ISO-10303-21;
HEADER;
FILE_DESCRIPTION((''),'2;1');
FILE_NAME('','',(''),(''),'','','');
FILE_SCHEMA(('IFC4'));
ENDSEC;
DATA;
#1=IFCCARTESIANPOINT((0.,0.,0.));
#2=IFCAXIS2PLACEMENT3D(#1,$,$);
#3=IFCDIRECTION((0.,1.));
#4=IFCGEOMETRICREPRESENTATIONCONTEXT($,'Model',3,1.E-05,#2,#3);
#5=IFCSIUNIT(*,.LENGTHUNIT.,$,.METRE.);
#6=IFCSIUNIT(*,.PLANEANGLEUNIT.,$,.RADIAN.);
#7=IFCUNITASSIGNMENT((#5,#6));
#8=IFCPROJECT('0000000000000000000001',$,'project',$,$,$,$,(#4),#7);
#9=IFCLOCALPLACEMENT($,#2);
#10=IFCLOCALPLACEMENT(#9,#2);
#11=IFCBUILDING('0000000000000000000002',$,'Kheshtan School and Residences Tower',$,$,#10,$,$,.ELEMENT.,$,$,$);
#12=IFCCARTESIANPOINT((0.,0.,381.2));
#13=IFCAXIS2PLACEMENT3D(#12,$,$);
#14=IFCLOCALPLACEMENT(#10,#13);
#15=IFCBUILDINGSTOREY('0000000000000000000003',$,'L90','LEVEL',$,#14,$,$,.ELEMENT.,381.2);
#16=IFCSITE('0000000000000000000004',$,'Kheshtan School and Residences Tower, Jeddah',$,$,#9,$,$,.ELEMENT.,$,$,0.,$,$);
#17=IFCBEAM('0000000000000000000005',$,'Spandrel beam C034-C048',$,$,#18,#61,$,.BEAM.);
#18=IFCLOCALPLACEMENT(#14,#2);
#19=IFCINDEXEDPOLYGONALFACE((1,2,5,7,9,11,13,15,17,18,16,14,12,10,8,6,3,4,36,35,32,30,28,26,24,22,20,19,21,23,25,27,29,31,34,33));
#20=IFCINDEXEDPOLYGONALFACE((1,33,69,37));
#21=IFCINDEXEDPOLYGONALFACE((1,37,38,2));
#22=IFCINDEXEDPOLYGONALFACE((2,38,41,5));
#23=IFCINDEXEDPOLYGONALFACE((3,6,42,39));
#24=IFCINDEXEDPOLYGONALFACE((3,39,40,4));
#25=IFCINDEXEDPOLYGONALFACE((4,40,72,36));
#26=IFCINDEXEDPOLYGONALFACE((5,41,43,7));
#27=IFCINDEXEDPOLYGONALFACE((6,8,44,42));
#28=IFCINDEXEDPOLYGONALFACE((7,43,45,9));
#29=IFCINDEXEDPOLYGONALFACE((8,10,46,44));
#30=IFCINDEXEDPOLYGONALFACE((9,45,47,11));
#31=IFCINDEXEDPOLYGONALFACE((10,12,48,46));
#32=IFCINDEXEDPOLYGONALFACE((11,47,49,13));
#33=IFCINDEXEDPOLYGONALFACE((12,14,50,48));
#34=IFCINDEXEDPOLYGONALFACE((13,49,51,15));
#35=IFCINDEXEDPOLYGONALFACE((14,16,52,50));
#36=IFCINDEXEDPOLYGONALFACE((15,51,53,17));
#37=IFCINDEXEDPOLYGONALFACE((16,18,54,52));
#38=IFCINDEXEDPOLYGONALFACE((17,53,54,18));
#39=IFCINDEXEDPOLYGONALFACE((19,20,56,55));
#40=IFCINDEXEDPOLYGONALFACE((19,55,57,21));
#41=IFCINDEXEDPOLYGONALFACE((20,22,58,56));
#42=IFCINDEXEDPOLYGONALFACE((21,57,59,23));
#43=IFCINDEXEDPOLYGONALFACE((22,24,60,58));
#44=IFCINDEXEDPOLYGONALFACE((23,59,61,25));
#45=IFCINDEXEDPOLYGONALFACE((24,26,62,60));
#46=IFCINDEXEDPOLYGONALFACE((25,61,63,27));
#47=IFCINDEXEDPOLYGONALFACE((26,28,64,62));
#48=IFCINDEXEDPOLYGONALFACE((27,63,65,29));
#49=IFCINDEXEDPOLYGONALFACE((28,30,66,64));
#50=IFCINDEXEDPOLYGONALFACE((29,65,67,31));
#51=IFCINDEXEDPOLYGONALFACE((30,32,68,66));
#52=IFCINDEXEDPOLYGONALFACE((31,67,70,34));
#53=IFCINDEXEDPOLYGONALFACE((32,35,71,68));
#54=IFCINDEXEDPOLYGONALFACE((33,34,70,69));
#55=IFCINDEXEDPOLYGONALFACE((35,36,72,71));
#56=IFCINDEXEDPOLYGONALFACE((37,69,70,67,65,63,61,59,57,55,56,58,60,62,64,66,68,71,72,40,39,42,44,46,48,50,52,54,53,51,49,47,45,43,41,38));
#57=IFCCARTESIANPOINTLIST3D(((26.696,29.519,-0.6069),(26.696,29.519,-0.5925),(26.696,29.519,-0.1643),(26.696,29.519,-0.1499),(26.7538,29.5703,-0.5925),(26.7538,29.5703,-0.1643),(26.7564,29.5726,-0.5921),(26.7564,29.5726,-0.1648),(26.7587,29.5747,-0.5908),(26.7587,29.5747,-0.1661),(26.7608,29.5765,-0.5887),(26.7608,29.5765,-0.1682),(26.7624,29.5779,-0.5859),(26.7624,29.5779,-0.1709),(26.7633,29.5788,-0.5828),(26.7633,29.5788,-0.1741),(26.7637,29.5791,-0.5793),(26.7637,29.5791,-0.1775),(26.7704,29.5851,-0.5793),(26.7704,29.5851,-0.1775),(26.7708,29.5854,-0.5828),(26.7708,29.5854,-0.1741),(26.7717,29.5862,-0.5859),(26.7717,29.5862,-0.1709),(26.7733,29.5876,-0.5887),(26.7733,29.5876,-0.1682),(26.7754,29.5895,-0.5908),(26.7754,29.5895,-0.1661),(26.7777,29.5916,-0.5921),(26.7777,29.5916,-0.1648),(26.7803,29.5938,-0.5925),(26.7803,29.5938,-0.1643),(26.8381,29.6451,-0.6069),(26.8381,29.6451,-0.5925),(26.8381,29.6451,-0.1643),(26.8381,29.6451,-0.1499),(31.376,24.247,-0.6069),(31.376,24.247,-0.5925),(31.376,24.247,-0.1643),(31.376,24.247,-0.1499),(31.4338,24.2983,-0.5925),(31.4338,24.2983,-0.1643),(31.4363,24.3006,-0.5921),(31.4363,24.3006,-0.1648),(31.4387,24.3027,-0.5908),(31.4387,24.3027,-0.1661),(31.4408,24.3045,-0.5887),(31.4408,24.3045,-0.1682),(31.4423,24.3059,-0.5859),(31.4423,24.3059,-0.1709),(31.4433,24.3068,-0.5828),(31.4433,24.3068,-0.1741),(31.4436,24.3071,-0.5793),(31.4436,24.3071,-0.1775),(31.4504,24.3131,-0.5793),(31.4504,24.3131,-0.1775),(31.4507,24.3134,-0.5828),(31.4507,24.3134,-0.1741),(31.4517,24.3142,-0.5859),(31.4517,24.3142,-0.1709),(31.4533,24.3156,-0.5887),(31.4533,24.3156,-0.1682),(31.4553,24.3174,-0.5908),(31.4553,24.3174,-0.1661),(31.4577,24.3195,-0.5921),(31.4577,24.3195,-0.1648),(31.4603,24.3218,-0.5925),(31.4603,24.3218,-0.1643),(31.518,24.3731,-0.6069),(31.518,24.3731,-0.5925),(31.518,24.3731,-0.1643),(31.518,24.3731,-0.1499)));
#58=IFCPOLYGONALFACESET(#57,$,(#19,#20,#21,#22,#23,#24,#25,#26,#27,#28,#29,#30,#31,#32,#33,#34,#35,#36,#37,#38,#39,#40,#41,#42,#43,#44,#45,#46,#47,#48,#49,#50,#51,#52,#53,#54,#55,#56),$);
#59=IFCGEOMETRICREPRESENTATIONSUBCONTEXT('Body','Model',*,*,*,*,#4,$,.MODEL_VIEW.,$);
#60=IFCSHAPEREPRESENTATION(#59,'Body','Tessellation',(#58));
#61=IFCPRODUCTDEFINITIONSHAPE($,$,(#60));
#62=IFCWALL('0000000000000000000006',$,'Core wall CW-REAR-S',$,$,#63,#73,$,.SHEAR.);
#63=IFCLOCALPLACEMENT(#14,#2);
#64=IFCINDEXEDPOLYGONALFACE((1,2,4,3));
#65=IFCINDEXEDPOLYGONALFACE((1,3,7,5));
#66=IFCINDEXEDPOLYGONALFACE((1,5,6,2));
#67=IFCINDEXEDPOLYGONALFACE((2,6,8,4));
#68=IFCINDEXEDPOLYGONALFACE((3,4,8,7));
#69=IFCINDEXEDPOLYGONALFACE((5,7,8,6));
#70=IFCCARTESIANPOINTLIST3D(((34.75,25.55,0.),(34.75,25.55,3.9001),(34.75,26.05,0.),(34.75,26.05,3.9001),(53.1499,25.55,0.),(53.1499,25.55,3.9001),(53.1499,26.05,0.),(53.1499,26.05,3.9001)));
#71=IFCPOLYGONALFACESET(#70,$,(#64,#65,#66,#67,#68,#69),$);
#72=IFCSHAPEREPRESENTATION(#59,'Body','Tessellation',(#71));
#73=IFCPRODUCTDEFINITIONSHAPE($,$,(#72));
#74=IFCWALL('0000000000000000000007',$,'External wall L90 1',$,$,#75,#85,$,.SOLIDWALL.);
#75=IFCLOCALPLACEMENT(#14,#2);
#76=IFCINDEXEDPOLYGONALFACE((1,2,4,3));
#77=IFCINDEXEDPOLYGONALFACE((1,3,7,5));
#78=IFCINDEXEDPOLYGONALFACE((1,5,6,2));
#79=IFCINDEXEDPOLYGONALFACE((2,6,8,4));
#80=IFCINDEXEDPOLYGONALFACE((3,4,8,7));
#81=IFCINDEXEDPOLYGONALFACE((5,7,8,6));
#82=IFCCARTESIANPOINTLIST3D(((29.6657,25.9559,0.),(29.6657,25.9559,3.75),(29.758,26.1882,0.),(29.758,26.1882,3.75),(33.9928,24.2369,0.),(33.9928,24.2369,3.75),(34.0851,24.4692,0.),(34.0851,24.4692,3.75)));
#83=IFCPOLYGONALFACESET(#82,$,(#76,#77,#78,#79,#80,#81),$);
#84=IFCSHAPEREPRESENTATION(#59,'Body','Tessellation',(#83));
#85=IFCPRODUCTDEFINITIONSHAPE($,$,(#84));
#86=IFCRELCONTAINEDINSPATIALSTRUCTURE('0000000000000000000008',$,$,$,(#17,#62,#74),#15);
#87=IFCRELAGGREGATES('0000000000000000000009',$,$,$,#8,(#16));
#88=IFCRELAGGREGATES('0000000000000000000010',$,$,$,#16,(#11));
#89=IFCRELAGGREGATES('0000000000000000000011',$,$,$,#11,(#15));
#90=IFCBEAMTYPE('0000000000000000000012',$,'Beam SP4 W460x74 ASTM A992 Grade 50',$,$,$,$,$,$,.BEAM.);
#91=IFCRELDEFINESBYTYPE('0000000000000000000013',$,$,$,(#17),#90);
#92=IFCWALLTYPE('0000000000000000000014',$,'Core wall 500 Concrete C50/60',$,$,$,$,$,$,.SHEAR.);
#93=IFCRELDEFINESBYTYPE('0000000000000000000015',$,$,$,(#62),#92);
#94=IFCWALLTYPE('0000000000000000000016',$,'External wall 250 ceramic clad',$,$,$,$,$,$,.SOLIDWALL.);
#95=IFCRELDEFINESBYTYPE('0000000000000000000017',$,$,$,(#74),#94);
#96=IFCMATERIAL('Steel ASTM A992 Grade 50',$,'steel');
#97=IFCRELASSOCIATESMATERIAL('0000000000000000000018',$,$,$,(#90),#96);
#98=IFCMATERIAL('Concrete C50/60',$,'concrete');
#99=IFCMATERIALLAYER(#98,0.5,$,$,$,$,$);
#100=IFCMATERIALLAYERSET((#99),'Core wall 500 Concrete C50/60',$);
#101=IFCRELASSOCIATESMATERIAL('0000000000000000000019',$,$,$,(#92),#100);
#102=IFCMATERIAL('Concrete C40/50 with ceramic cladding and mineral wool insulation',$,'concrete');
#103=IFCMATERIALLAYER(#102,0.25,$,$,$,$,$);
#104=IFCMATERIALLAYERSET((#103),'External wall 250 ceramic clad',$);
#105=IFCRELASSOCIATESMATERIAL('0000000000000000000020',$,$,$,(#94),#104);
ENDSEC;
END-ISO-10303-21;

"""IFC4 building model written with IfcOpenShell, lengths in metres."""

from ifc_helpers import new_model, si_unit, direction, frame, frame_2d, origin, origin_2d, place, context, subcontext, project, spatial, rectangle, i_section, extrude, material, layer, layer_set, material_profile, profile_set, type_object, element, save


model = new_model("IFC4")

# Units and contexts
model_context = context("Model", 3, precision=1e-05, world=origin(), true_north=direction((0.0, 1.0)))
body_context = subcontext(model_context, "Body", "Model", "MODEL_VIEW")
ifc_project = project(units=[si_unit("LENGTHUNIT", "METRE"), si_unit("PLANEANGLEUNIT", "RADIAN")], contexts=[model_context])

# Site, building, storey
site_placement = place(None, origin())
site = spatial("IfcSite", under=ifc_project, at=site_placement, Name="Kheshtan School and Residences Tower, Jeddah", CompositionType="ELEMENT", RefElevation=0.0)
building_placement = place(site_placement, origin())
building = spatial("IfcBuilding", under=site, at=building_placement, Name="Kheshtan School and Residences Tower", CompositionType="ELEMENT")
storey_placement = place(building_placement, frame((0.0, 0.0, 381.2)))
storey = spatial("IfcBuildingStorey", under=building, at=storey_placement, Name="L90", Description="LEVEL", CompositionType="ELEMENT", Elevation=381.2)

# Shared definitions
ifc_material_1 = material(Name="Steel ASTM A992 Grade 50", Category="steel")

# Beam
ifc_material_profile_1 = material_profile(ifc_material_1, i_section(OverallWidth=0.1899, OverallDepth=0.457, WebThickness=0.009, FlangeThickness=0.0144, FilletRadius=0.0132, at=origin_2d()), Name="W460x74")
ifc_profile_set_1 = profile_set([ifc_material_profile_1], Name="Steel ASTM A992 Grade 50")
beam_type_1 = type_object("IfcBeamType", Name="Beam SP4 W460x74 ASTM A992 Grade 50", PredefinedType="BEAM", material=ifc_profile_set_1)
beam_1_placement = place(storey_placement, frame((31.447, 24.3101, -0.3784), z_axis=(-0.663867, 0.747851, 0.0), x_axis=(-0.747851, -0.663867, 0.0)))
element("IfcBeam", 1, at=beam_1_placement, inside=storey, type_object=beam_type_1, Name="Spandrel beam C034-C048", PredefinedType="BEAM", context=body_context, shape_type="SweptSolid", body=[
    extrude(i_section(OverallWidth=0.1899, OverallDepth=0.457, WebThickness=0.009, FlangeThickness=0.0144, FilletRadius=0.0132, at=origin_2d()), origin(), (0.0, 0.0, 1.0), 7.0496),
])

# Walls
ifc_material_2 = material(Name="Concrete C50/60", Category="concrete")
ifc_layer_1 = layer(ifc_material_2, 0.5)
ifc_layer_set_1 = layer_set([ifc_layer_1], Name="Core wall 500 Concrete C50/60")
wall_type_1 = type_object("IfcWallType", Name="Core wall 500 Concrete C50/60", PredefinedType="SHEAR", material=ifc_layer_set_1)
wall_1_placement = place(storey_placement, frame((34.75, 25.8, 0.0), z_axis=(0.0, 0.0, 1.0), x_axis=(1.0, 0.0, 0.0)))
element("IfcWall", 2, at=wall_1_placement, inside=storey, type_object=wall_type_1, Name="Core wall CW-REAR-S", PredefinedType="SHEAR", context=body_context, shape_type="SweptSolid", body=[
    extrude(rectangle(XDim=18.3999, YDim=0.5, at=frame_2d((9.2, 0.0))), origin(), (0.0, 0.0, 1.0), 3.9001),
])
ifc_material_3 = material(Name="Concrete C40/50 with ceramic cladding and mineral wool insulation", Category="concrete")
ifc_layer_2 = layer(ifc_material_3, 0.25)
ifc_layer_set_2 = layer_set([ifc_layer_2], Name="External wall 250 ceramic clad")
wall_type_2 = type_object("IfcWallType", Name="External wall 250 ceramic clad", PredefinedType="SOLIDWALL", material=ifc_layer_set_2)
wall_2_placement = place(storey_placement, frame((34.0391, 24.353, 0.0), z_axis=(0.0, 0.0, 1.0), x_axis=(-0.929353, 0.369193, 0.0)))
element("IfcWall", 3, at=wall_2_placement, inside=storey, type_object=wall_type_2, Name="External wall L90 1", PredefinedType="SOLIDWALL", context=body_context, shape_type="SweptSolid", body=[
    extrude(rectangle(XDim=4.656, YDim=0.25, at=frame_2d((2.3281, 0.0))), origin(), (0.0, 0.0, 1.0), 3.75),
])

save(model, "model.ifc")
